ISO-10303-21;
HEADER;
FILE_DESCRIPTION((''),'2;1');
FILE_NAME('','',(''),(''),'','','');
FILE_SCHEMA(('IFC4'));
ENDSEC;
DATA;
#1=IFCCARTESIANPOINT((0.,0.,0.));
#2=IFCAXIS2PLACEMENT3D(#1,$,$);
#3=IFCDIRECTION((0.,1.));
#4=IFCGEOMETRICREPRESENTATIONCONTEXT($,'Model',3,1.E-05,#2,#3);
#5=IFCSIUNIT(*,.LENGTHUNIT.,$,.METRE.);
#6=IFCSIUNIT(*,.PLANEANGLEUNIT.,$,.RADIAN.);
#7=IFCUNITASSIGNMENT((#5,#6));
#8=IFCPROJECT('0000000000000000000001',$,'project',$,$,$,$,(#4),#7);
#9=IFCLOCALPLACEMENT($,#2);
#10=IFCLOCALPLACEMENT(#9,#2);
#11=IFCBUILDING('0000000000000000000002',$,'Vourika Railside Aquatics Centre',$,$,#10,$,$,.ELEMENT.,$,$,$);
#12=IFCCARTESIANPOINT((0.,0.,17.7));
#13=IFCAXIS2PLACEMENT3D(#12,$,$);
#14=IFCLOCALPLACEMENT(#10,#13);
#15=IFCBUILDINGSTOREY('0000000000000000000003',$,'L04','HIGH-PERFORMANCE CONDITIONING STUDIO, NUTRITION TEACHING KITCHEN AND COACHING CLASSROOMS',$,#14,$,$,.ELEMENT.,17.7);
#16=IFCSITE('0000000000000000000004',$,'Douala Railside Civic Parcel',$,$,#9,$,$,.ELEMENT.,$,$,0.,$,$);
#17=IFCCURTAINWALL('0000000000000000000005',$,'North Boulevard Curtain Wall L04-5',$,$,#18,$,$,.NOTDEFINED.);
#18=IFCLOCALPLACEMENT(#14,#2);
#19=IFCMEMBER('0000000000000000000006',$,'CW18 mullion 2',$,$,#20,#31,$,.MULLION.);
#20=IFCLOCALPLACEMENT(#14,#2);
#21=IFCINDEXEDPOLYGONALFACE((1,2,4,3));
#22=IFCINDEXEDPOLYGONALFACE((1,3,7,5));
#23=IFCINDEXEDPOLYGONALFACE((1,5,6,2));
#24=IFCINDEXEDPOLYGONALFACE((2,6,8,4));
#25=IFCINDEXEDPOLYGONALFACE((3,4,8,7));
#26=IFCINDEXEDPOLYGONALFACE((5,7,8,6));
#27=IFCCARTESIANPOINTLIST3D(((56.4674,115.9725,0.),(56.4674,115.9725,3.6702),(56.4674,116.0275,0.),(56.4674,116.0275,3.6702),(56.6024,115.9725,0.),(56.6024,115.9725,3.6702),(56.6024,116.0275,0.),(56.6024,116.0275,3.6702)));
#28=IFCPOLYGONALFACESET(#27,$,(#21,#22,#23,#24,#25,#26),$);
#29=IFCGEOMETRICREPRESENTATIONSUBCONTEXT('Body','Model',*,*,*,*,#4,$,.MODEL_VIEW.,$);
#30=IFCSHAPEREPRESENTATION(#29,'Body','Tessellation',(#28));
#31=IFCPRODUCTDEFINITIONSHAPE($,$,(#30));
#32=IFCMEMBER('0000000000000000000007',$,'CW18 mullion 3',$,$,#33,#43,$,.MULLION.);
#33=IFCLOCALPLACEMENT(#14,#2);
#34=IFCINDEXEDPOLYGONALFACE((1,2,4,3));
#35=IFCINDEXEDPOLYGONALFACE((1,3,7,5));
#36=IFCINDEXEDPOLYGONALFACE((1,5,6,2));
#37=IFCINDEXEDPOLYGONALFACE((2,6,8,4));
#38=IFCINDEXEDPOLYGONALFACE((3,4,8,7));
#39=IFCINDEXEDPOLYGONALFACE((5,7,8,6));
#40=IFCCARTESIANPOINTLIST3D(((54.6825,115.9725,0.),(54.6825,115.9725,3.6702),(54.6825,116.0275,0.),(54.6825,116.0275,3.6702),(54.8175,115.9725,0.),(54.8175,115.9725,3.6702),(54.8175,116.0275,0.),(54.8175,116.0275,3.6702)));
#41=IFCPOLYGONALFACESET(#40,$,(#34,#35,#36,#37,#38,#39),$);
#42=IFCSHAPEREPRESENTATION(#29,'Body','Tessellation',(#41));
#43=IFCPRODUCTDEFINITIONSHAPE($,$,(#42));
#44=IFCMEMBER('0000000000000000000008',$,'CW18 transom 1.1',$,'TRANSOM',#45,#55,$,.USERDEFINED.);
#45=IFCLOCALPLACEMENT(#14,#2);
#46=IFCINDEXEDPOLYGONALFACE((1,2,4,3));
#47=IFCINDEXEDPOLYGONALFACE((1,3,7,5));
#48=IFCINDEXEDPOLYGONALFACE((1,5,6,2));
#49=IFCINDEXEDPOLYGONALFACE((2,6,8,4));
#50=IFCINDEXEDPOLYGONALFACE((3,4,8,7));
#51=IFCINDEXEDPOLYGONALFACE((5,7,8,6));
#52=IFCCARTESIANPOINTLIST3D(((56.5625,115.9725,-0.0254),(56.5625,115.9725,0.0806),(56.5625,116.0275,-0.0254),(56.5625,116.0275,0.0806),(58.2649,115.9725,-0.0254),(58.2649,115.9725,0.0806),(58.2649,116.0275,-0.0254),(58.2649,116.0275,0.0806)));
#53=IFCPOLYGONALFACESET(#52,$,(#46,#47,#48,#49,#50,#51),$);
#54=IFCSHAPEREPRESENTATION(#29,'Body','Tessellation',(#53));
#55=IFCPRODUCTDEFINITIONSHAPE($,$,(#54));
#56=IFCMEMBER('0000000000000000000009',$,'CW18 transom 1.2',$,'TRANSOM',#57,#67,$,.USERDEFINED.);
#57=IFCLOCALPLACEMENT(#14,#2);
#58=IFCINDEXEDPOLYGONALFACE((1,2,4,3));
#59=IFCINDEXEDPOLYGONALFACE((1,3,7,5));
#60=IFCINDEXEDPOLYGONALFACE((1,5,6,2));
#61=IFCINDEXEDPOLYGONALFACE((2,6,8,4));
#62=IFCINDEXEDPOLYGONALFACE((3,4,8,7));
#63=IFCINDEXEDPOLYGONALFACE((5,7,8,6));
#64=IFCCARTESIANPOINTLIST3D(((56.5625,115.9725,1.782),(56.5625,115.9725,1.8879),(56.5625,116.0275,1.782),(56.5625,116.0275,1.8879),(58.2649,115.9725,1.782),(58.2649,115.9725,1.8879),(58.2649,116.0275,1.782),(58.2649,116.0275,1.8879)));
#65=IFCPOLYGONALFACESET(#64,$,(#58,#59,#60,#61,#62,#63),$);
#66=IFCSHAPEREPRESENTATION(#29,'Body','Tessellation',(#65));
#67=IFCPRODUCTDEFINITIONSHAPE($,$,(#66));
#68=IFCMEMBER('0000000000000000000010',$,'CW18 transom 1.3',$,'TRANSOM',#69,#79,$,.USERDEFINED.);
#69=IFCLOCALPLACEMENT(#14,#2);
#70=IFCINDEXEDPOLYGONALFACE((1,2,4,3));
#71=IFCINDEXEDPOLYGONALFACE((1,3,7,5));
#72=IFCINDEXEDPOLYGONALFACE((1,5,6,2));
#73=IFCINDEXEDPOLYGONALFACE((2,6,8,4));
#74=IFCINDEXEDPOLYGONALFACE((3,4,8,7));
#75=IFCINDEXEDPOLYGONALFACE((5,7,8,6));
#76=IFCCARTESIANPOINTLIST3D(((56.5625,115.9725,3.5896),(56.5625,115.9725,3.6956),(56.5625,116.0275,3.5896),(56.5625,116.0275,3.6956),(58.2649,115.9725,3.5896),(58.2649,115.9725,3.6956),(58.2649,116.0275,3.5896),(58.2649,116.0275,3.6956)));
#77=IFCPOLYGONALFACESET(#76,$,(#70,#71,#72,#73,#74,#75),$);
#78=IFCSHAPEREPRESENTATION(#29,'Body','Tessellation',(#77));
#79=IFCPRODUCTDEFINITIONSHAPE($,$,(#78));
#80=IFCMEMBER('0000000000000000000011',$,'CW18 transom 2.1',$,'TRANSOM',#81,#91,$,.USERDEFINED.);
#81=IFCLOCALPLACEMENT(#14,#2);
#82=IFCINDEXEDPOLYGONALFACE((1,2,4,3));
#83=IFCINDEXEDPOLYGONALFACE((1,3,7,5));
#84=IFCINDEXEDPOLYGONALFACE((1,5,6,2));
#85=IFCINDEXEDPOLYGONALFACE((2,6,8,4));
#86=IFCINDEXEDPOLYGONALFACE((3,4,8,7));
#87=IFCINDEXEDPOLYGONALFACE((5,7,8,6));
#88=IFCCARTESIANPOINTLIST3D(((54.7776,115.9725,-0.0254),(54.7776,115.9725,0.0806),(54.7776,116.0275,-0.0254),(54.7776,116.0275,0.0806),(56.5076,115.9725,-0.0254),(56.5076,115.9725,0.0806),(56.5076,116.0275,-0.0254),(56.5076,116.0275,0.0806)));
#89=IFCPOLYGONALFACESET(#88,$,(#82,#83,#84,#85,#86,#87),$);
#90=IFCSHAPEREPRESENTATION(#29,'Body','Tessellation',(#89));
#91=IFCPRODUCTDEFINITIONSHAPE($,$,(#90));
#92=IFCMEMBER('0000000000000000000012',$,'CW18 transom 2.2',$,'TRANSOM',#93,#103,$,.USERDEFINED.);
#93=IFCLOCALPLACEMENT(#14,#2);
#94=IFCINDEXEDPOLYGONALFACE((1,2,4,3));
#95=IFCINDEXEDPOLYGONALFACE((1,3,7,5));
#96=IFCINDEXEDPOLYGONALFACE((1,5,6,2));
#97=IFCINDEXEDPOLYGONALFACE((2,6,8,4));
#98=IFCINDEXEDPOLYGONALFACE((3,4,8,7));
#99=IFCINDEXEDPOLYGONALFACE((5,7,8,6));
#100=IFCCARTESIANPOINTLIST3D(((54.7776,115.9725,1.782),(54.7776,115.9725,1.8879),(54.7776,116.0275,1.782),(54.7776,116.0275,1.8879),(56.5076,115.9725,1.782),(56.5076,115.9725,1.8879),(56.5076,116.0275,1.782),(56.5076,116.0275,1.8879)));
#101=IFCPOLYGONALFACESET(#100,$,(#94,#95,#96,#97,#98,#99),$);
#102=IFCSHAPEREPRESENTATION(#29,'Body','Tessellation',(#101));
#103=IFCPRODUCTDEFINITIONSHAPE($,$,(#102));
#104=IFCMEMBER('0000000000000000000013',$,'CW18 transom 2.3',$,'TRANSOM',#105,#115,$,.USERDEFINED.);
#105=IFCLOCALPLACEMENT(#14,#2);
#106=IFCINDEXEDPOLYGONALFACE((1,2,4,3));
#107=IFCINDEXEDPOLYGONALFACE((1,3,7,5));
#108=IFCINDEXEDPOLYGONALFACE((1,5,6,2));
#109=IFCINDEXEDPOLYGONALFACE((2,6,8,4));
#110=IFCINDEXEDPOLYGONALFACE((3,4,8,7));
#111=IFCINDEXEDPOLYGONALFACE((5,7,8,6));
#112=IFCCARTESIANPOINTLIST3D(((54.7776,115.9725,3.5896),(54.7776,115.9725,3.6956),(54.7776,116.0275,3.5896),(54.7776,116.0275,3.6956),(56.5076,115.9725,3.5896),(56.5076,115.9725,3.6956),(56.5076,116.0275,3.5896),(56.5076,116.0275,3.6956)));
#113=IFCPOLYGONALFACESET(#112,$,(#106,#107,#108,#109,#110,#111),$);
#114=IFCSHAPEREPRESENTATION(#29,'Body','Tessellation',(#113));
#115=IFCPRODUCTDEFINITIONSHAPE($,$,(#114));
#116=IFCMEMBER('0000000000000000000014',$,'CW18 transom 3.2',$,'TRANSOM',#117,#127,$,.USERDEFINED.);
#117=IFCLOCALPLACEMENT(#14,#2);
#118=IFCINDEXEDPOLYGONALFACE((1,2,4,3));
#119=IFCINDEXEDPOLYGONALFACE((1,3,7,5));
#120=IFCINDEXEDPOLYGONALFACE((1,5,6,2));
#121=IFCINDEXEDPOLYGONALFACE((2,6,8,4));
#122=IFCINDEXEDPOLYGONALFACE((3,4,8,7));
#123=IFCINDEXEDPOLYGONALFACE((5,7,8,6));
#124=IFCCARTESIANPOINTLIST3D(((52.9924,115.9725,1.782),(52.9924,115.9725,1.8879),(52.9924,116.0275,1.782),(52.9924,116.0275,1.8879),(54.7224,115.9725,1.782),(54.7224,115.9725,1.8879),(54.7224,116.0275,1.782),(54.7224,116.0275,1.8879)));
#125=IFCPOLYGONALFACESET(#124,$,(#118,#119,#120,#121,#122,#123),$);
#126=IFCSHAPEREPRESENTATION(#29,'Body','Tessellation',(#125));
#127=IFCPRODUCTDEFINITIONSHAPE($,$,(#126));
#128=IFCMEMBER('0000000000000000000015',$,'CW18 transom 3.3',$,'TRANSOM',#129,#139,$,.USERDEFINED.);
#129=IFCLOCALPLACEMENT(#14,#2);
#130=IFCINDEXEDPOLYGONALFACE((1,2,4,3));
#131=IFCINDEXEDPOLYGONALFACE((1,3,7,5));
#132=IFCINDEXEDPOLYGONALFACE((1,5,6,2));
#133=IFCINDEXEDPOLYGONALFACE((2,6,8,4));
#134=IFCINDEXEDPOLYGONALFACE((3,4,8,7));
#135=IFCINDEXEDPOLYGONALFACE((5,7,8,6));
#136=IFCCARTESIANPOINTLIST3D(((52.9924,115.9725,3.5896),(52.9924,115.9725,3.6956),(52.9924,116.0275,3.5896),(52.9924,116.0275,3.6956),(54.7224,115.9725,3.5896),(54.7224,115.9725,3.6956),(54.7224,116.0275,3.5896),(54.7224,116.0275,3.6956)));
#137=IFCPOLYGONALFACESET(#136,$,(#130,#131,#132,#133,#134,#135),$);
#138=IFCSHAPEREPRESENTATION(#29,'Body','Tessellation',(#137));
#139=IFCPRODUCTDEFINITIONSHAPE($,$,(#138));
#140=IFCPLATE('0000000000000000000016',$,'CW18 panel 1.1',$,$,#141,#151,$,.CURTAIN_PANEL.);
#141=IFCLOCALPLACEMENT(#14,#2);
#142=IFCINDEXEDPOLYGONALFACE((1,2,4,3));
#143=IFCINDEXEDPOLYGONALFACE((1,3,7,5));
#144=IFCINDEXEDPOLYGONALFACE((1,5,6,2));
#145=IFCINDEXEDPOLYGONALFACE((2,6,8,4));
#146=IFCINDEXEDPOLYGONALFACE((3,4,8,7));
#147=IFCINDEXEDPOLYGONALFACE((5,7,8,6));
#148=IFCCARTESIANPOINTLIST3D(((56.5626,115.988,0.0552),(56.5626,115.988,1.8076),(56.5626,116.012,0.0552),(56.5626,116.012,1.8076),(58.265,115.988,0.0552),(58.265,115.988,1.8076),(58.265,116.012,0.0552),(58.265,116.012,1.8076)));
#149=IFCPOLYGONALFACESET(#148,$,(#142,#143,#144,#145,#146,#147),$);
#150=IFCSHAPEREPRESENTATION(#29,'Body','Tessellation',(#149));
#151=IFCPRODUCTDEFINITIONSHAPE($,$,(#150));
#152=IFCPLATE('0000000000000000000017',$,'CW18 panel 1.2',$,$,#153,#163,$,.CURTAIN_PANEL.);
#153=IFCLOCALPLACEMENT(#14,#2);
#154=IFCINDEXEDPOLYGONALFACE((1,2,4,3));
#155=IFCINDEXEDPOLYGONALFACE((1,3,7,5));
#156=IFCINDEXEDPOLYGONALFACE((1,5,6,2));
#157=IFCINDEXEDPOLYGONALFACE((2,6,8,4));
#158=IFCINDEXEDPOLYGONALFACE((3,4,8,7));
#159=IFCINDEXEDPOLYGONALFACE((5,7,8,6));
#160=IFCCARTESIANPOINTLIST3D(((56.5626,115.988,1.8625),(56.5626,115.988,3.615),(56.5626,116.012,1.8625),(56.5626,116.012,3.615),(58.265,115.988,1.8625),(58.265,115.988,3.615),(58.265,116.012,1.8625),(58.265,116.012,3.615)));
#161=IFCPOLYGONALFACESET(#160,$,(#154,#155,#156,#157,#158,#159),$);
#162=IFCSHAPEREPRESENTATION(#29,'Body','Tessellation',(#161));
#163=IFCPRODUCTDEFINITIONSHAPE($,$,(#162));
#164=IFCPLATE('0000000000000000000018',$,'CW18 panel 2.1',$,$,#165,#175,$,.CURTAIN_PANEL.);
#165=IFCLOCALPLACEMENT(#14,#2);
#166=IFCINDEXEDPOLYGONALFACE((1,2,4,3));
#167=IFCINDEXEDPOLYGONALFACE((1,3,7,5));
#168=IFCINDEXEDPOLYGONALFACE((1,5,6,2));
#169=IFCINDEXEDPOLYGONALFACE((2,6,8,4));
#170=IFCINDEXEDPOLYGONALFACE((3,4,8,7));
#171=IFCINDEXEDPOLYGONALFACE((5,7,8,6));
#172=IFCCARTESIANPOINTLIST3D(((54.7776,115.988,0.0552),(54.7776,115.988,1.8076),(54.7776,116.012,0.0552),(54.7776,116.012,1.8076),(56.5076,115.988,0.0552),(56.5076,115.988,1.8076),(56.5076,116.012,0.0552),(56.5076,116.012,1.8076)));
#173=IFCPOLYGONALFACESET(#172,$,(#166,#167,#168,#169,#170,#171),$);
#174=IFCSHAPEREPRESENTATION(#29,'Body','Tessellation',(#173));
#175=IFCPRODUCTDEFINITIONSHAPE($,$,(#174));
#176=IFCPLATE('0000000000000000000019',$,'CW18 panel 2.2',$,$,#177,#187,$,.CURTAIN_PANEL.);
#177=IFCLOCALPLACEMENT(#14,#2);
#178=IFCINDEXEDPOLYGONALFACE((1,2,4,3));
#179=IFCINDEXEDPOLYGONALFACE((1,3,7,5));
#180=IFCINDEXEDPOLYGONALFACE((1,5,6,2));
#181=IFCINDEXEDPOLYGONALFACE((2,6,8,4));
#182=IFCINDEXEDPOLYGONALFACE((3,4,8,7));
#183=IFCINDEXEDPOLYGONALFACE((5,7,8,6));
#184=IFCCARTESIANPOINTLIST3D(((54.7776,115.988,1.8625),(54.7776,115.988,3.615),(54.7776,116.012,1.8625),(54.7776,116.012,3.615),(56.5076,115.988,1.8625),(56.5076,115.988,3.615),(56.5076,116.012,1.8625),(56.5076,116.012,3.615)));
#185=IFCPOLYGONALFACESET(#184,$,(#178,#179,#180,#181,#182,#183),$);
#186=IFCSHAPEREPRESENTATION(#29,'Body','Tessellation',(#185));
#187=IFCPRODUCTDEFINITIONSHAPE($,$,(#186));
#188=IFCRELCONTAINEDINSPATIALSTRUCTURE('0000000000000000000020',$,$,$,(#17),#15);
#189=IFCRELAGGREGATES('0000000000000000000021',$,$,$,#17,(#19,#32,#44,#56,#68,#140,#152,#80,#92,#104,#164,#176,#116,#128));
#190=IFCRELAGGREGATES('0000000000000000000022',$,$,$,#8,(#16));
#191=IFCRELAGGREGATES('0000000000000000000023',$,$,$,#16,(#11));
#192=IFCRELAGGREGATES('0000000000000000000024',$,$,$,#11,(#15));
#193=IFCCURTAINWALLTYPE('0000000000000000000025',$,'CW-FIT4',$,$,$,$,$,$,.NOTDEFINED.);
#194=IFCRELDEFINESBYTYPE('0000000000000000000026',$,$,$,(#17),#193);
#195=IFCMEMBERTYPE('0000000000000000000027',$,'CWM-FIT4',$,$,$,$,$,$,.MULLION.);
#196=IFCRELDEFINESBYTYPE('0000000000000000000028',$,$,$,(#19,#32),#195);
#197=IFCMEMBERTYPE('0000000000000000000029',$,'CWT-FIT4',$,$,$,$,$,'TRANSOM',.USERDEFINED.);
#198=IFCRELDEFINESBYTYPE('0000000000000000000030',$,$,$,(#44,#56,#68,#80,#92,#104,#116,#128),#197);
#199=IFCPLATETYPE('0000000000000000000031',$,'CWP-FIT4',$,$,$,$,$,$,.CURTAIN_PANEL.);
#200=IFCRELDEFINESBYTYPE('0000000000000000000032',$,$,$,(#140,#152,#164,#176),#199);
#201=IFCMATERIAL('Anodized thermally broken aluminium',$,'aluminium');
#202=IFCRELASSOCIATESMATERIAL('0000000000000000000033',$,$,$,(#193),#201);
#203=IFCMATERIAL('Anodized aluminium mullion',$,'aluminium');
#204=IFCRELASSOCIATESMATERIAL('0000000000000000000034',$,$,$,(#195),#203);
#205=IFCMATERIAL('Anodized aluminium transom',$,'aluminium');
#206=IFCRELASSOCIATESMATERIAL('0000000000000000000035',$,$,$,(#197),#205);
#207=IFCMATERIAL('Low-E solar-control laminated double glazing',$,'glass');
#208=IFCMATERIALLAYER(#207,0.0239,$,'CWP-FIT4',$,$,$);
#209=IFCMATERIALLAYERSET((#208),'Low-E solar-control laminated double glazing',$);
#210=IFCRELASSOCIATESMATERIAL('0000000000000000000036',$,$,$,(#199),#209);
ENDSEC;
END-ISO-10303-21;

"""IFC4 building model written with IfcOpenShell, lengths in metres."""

from ifc_helpers import new_model, si_unit, direction, frame, origin, origin_2d, place, context, subcontext, project, spatial, rectangle, extrude, material, layer, layer_set, material_profile, profile_set, type_object, element, aggregate, save


model = new_model("IFC4")

# Units and contexts
model_context = context("Model", 3, precision=1e-05, world=origin(), true_north=direction((0.0, 1.0)))
body_context = subcontext(model_context, "Body", "Model", "MODEL_VIEW")
ifc_project = project(units=[si_unit("LENGTHUNIT", "METRE"), si_unit("PLANEANGLEUNIT", "RADIAN")], contexts=[model_context])

# Site, building, storey
site_placement = place(None, origin())
site = spatial("IfcSite", under=ifc_project, at=site_placement, Name="Douala Railside Civic Parcel", CompositionType="ELEMENT", RefElevation=0.0)
building_placement = place(site_placement, origin())
building = spatial("IfcBuilding", under=site, at=building_placement, Name="Vourika Railside Aquatics Centre", CompositionType="ELEMENT")
storey_placement = place(building_placement, frame((0.0, 0.0, 17.7)))
storey = spatial("IfcBuildingStorey", under=building, at=storey_placement, Name="L04", Description="HIGH-PERFORMANCE CONDITIONING STUDIO, NUTRITION TEACHING KITCHEN AND COACHING CLASSROOMS", CompositionType="ELEMENT", Elevation=17.7)

# Curtain wall, members, plates
ifc_material_1 = material(Name="Anodized thermally broken aluminium", Category="aluminium")
curtain_wall_type = type_object("IfcCurtainWallType", Name="CW-FIT4", PredefinedType="NOTDEFINED", material=ifc_material_1)
curtain_wall_placement = place(storey_placement, origin())
curtain_wall = element("IfcCurtainWall", 1, at=curtain_wall_placement, inside=storey, type_object=curtain_wall_type, Name="North Boulevard Curtain Wall L04-5", PredefinedType="NOTDEFINED")
ifc_material_2 = material(Name="Anodized aluminium mullion", Category="aluminium")
ifc_material_profile_1 = material_profile(ifc_material_2, rectangle(XDim=0.0549, YDim=0.135, at=origin_2d()), Name="ALU-M 55x135")
ifc_profile_set_1 = profile_set([ifc_material_profile_1], Name="Anodized aluminium mullion")
member_type_1 = type_object("IfcMemberType", Name="CWM-FIT4", PredefinedType="MULLION", material=ifc_profile_set_1)
member_1_placement = place(storey_placement, frame((56.5349, 116.0, 0.0), z_axis=(0.0, 0.0, 1.0), x_axis=(0.0, -1.0, 0.0)))
member_1 = element("IfcMember", 2, at=member_1_placement, type_object=member_type_1, Name="CW18 mullion 2", PredefinedType="MULLION", context=body_context, shape_type="SweptSolid", body=[
    extrude(rectangle(XDim=0.0549, YDim=0.135, at=origin_2d()), origin(), (0.0, 0.0, 1.0), 3.6702),
])
member_2_placement = place(storey_placement, frame((54.75, 116.0, 0.0), z_axis=(0.0, 0.0, 1.0), x_axis=(0.0, -1.0, 0.0)))
member_2 = element("IfcMember", 3, at=member_2_placement, type_object=member_type_1, Name="CW18 mullion 3", PredefinedType="MULLION", context=body_context, shape_type="SweptSolid", body=[
    extrude(rectangle(XDim=0.0549, YDim=0.135, at=origin_2d()), origin(), (0.0, 0.0, 1.0), 3.6702),
])
ifc_material_3 = material(Name="Anodized aluminium transom", Category="aluminium")
ifc_material_profile_2 = material_profile(ifc_material_3, rectangle(XDim=0.0549, YDim=0.106, at=origin_2d()), Name="ALU-T 55x106")
ifc_profile_set_2 = profile_set([ifc_material_profile_2], Name="Anodized aluminium transom")
member_type_2 = type_object("IfcMemberType", Name="CWT-FIT4", ElementType="TRANSOM", PredefinedType="USERDEFINED", material=ifc_profile_set_2)
member_3_placement = place(storey_placement, frame((58.2649, 116.0, 0.0276), z_axis=(-1.0, 0.0, 0.0), x_axis=(0.0, -1.0, 0.0)))
member_3 = element("IfcMember", 4, at=member_3_placement, type_object=member_type_2, Name="CW18 transom 1.1", ObjectType="TRANSOM", PredefinedType="USERDEFINED", context=body_context, shape_type="SweptSolid", body=[
    extrude(rectangle(XDim=0.0549, YDim=0.106, at=origin_2d()), origin(), (0.0, 0.0, 1.0), 1.7024),
])
member_4_placement = place(storey_placement, frame((58.2649, 116.0, 1.835), z_axis=(-1.0, 0.0, 0.0), x_axis=(0.0, -1.0, 0.0)))
member_4 = element("IfcMember", 5, at=member_4_placement, type_object=member_type_2, Name="CW18 transom 1.2", ObjectType="TRANSOM", PredefinedType="USERDEFINED", context=body_context, shape_type="SweptSolid", body=[
    extrude(rectangle(XDim=0.0549, YDim=0.106, at=origin_2d()), origin(), (0.0, 0.0, 1.0), 1.7024),
])
member_5_placement = place(storey_placement, frame((58.2649, 116.0, 3.6426), z_axis=(-1.0, 0.0, 0.0), x_axis=(0.0, -1.0, 0.0)))
member_5 = element("IfcMember", 6, at=member_5_placement, type_object=member_type_2, Name="CW18 transom 1.3", ObjectType="TRANSOM", PredefinedType="USERDEFINED", context=body_context, shape_type="SweptSolid", body=[
    extrude(rectangle(XDim=0.0549, YDim=0.106, at=origin_2d()), origin(), (0.0, 0.0, 1.0), 1.7024),
])
member_6_placement = place(storey_placement, frame((56.5076, 116.0, 0.0276), z_axis=(-1.0, 0.0, 0.0), x_axis=(0.0, -1.0, 0.0)))
member_6 = element("IfcMember", 7, at=member_6_placement, type_object=member_type_2, Name="CW18 transom 2.1", ObjectType="TRANSOM", PredefinedType="USERDEFINED", context=body_context, shape_type="SweptSolid", body=[
    extrude(rectangle(XDim=0.0549, YDim=0.106, at=origin_2d()), origin(), (0.0, 0.0, 1.0), 1.73),
])
member_7_placement = place(storey_placement, frame((56.5076, 116.0, 1.835), z_axis=(-1.0, 0.0, 0.0), x_axis=(0.0, -1.0, 0.0)))
member_7 = element("IfcMember", 8, at=member_7_placement, type_object=member_type_2, Name="CW18 transom 2.2", ObjectType="TRANSOM", PredefinedType="USERDEFINED", context=body_context, shape_type="SweptSolid", body=[
    extrude(rectangle(XDim=0.0549, YDim=0.106, at=origin_2d()), origin(), (0.0, 0.0, 1.0), 1.73),
])
member_8_placement = place(storey_placement, frame((56.5076, 116.0, 3.6426), z_axis=(-1.0, 0.0, 0.0), x_axis=(0.0, -1.0, 0.0)))
member_8 = element("IfcMember", 9, at=member_8_placement, type_object=member_type_2, Name="CW18 transom 2.3", ObjectType="TRANSOM", PredefinedType="USERDEFINED", context=body_context, shape_type="SweptSolid", body=[
    extrude(rectangle(XDim=0.0549, YDim=0.106, at=origin_2d()), origin(), (0.0, 0.0, 1.0), 1.73),
])
member_9_placement = place(storey_placement, frame((54.7224, 116.0, 1.835), z_axis=(-1.0, 0.0, 0.0), x_axis=(0.0, -1.0, 0.0)))
member_9 = element("IfcMember", 10, at=member_9_placement, type_object=member_type_2, Name="CW18 transom 3.2", ObjectType="TRANSOM", PredefinedType="USERDEFINED", context=body_context, shape_type="SweptSolid", body=[
    extrude(rectangle(XDim=0.0549, YDim=0.106, at=origin_2d()), origin(), (0.0, 0.0, 1.0), 1.73),
])
member_10_placement = place(storey_placement, frame((54.7224, 116.0, 3.6426), z_axis=(-1.0, 0.0, 0.0), x_axis=(0.0, -1.0, 0.0)))
member_10 = element("IfcMember", 11, at=member_10_placement, type_object=member_type_2, Name="CW18 transom 3.3", ObjectType="TRANSOM", PredefinedType="USERDEFINED", context=body_context, shape_type="SweptSolid", body=[
    extrude(rectangle(XDim=0.0549, YDim=0.106, at=origin_2d()), origin(), (0.0, 0.0, 1.0), 1.73),
])
ifc_material_4 = material(Name="Low-E solar-control laminated double glazing", Category="glass")
ifc_layer = layer(ifc_material_4, 0.0239, Name="CWP-FIT4")
ifc_layer_set = layer_set([ifc_layer], Name="Low-E solar-control laminated double glazing")
plate_type = type_object("IfcPlateType", Name="CWP-FIT4", PredefinedType="CURTAIN_PANEL", material=ifc_layer_set)
plate_1_placement = place(storey_placement, frame((57.4138, 116.0, 0.0552), z_axis=(0.0, 0.0, 1.0), x_axis=(-1.0, 0.0, 0.0)))
plate_1 = element("IfcPlate", 12, at=plate_1_placement, type_object=plate_type, Name="CW18 panel 1.1", PredefinedType="CURTAIN_PANEL", context=body_context, shape_type="SweptSolid", body=[
    extrude(rectangle(XDim=1.7024, YDim=0.0239, at=origin_2d()), origin(), (0.0, 0.0, 1.0), 1.7524),
])
plate_2_placement = place(storey_placement, frame((57.4138, 116.0, 1.8625), z_axis=(0.0, 0.0, 1.0), x_axis=(-1.0, 0.0, 0.0)))
plate_2 = element("IfcPlate", 13, at=plate_2_placement, type_object=plate_type, Name="CW18 panel 1.2", PredefinedType="CURTAIN_PANEL", context=body_context, shape_type="SweptSolid", body=[
    extrude(rectangle(XDim=1.7024, YDim=0.0239, at=origin_2d()), origin(), (0.0, 0.0, 1.0), 1.7524),
])
plate_3_placement = place(storey_placement, frame((55.6426, 116.0, 0.0552), z_axis=(0.0, 0.0, 1.0), x_axis=(-1.0, 0.0, 0.0)))
plate_3 = element("IfcPlate", 14, at=plate_3_placement, type_object=plate_type, Name="CW18 panel 2.1", PredefinedType="CURTAIN_PANEL", context=body_context, shape_type="SweptSolid", body=[
    extrude(rectangle(XDim=1.73, YDim=0.0239, at=origin_2d()), origin(), (0.0, 0.0, 1.0), 1.7524),
])
plate_4_placement = place(storey_placement, frame((55.6426, 116.0, 1.8625), z_axis=(0.0, 0.0, 1.0), x_axis=(-1.0, 0.0, 0.0)))
plate_4 = element("IfcPlate", 15, at=plate_4_placement, type_object=plate_type, Name="CW18 panel 2.2", PredefinedType="CURTAIN_PANEL", context=body_context, shape_type="SweptSolid", body=[
    extrude(rectangle(XDim=1.73, YDim=0.0239, at=origin_2d()), origin(), (0.0, 0.0, 1.0), 1.7524),
])
aggregate(curtain_wall, [member_1, member_2, member_3, member_4, member_5, plate_1, plate_2, member_6, member_7, member_8, plate_3, plate_4, member_9, member_10])

save(model, "model.ifc")
